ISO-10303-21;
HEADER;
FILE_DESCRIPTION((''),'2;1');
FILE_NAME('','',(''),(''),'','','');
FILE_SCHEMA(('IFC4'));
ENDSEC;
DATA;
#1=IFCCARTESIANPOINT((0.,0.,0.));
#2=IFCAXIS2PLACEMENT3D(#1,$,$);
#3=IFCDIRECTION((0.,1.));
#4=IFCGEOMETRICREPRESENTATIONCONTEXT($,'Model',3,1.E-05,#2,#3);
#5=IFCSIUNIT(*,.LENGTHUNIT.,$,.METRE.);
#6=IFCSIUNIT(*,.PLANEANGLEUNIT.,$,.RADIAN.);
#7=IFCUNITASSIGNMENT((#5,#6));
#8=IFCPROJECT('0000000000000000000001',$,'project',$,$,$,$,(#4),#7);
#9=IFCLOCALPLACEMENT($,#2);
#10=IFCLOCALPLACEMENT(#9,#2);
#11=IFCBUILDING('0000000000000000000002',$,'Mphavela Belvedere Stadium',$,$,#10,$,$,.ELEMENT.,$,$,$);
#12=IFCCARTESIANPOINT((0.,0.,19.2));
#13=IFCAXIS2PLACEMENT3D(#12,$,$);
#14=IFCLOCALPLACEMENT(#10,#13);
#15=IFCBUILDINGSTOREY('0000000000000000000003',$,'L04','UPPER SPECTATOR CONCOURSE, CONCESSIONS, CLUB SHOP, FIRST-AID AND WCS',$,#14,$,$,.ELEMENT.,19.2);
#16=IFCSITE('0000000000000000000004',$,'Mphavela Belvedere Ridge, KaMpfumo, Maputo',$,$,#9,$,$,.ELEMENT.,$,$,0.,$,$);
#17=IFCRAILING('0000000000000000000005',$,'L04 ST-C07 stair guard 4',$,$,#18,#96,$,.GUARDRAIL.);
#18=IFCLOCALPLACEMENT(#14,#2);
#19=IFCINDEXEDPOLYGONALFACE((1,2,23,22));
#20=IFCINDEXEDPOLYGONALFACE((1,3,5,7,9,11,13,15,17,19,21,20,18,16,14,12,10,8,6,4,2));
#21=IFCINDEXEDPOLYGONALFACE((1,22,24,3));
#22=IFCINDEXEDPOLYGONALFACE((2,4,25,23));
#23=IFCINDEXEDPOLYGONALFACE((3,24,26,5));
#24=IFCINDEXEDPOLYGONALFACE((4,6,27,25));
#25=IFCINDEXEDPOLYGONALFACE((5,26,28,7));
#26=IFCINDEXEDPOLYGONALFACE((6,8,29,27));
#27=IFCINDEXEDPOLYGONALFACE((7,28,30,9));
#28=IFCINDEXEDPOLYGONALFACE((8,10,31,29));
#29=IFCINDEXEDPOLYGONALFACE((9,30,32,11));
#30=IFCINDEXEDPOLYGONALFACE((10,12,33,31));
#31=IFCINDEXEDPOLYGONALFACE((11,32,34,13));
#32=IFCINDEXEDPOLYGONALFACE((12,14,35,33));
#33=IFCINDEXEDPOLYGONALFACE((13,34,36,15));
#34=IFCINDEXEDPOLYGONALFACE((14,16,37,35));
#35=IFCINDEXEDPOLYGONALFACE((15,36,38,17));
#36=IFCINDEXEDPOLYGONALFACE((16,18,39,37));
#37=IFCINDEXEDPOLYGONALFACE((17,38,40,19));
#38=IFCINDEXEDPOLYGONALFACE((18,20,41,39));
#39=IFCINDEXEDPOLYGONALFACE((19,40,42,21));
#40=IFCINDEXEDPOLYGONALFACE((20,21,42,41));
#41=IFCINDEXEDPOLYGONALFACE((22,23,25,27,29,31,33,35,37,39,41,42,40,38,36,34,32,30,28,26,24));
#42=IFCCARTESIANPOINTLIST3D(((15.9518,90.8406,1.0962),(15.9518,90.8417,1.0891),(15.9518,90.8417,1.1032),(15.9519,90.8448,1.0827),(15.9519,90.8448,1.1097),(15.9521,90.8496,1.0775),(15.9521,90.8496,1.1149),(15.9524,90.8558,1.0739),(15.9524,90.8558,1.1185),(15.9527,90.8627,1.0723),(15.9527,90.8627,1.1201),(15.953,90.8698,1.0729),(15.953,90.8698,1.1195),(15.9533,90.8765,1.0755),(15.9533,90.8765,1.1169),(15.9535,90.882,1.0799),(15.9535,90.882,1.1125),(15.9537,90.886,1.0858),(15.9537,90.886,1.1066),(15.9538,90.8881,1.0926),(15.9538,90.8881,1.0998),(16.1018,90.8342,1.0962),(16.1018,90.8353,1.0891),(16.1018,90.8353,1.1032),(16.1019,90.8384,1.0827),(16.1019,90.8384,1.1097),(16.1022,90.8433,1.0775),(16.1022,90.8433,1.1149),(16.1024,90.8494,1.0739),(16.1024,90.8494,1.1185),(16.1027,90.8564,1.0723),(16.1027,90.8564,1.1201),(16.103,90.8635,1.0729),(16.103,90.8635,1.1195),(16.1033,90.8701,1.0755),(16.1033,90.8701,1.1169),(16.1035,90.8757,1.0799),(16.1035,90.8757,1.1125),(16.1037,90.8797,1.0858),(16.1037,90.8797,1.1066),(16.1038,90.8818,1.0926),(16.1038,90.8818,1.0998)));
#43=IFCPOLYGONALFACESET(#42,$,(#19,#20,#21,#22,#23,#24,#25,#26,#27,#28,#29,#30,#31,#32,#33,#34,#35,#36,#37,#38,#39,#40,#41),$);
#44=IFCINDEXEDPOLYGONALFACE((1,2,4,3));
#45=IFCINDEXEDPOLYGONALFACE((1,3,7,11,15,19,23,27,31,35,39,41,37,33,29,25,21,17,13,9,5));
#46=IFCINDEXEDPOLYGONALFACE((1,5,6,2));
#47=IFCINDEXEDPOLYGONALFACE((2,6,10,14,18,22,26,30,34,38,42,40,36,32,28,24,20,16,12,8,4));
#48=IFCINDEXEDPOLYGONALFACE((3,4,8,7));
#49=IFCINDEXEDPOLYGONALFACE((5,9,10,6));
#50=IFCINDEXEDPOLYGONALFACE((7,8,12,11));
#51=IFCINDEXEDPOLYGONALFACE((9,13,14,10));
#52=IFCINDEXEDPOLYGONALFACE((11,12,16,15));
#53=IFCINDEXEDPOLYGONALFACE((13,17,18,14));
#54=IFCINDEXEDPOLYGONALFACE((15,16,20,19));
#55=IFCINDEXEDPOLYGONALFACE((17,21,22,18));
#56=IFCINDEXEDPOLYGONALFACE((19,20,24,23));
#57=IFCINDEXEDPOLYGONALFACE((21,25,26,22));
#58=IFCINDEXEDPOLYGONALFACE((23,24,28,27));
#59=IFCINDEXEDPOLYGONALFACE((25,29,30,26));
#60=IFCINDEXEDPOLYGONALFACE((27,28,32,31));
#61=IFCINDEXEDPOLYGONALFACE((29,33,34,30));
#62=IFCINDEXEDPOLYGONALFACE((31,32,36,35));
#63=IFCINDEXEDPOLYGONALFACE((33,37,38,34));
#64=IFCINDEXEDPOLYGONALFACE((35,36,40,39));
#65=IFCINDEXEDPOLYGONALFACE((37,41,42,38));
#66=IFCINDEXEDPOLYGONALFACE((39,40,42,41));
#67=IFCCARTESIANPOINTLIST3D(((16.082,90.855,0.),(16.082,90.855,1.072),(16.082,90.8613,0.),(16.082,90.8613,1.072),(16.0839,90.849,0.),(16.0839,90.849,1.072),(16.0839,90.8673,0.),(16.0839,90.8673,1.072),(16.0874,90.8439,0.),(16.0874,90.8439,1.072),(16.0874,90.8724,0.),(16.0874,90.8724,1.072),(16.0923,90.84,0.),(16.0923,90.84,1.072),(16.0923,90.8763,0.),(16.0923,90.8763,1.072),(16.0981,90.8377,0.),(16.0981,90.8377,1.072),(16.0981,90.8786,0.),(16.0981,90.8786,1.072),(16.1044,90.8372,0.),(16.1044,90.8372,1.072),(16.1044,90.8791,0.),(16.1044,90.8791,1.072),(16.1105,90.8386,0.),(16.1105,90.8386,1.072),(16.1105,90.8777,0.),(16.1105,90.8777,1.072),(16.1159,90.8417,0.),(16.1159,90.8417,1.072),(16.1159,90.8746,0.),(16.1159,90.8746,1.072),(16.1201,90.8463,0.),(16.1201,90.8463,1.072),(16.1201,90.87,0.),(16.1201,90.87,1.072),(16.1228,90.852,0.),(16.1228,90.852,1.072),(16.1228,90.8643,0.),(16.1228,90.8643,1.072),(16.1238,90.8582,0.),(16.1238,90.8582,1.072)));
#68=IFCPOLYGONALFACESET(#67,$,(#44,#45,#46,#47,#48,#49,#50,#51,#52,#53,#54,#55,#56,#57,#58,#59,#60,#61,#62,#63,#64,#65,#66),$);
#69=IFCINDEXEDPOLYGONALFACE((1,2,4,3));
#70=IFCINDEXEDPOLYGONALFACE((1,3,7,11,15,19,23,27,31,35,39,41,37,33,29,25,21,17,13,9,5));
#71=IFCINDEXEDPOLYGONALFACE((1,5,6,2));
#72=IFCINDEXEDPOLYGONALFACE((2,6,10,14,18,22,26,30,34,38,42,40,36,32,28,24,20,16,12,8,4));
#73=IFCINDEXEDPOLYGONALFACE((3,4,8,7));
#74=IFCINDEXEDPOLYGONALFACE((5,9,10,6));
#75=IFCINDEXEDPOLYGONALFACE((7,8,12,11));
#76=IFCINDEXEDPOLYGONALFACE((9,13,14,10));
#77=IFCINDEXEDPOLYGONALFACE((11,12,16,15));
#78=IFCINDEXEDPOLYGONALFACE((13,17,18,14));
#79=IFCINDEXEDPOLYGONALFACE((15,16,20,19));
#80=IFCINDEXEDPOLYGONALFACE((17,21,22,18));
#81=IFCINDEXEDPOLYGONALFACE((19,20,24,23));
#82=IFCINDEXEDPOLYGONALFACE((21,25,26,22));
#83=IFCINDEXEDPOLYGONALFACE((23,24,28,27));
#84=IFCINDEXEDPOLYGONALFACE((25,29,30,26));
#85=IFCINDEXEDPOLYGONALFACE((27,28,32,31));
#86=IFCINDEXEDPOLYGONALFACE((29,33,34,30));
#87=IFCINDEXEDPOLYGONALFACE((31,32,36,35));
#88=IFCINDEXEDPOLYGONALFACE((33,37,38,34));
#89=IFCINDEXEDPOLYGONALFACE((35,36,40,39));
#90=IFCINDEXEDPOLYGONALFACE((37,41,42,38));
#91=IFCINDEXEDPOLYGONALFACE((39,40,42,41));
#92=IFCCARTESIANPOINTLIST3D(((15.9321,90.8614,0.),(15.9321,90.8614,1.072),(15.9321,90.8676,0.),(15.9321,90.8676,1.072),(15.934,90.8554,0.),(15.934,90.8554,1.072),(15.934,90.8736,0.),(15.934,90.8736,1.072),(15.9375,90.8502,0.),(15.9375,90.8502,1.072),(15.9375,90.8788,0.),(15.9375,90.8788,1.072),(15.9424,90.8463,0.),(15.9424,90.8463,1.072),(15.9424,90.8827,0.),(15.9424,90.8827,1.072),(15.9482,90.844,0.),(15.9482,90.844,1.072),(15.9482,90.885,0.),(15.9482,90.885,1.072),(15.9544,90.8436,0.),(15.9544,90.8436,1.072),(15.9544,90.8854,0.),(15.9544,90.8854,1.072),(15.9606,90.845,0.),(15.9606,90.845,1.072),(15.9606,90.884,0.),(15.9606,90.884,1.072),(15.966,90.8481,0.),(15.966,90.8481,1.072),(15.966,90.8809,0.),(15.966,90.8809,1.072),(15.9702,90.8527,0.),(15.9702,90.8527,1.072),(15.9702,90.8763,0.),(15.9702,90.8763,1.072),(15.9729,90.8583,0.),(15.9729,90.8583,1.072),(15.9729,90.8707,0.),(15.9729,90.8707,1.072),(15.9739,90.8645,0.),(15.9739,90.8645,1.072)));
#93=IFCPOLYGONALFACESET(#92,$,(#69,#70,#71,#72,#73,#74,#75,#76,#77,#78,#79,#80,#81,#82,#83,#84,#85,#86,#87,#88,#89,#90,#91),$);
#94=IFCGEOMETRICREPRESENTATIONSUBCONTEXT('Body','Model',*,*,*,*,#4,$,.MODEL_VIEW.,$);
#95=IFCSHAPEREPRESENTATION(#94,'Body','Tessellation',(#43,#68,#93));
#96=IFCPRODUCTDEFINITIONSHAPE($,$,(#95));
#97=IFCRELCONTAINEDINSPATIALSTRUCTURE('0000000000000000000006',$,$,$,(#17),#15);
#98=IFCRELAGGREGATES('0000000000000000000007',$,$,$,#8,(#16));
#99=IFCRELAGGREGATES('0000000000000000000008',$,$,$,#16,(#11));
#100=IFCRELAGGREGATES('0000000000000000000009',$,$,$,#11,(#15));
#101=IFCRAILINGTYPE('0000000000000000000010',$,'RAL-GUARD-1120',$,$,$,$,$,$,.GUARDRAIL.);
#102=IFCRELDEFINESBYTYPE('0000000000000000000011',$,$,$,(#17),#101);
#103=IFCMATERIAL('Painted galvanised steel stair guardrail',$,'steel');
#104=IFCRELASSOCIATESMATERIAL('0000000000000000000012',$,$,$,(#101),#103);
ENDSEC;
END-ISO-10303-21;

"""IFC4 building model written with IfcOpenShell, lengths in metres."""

from ifc_helpers import new_model, si_unit, direction, frame, origin, origin_2d, place, context, subcontext, project, spatial, circle, extrude, material, type_object, element, save


model = new_model("IFC4")

# Units and contexts
model_context = context("Model", 3, precision=1e-05, world=origin(), true_north=direction((0.0, 1.0)))
body_context = subcontext(model_context, "Body", "Model", "MODEL_VIEW")
ifc_project = project(units=[si_unit("LENGTHUNIT", "METRE"), si_unit("PLANEANGLEUNIT", "RADIAN")], contexts=[model_context])

# Site, building, storey
site_placement = place(None, origin())
site = spatial("IfcSite", under=ifc_project, at=site_placement, Name="Mphavela Belvedere Ridge, KaMpfumo, Maputo", CompositionType="ELEMENT", RefElevation=0.0)
building_placement = place(site_placement, origin())
building = spatial("IfcBuilding", under=site, at=building_placement, Name="Mphavela Belvedere Stadium", CompositionType="ELEMENT")
storey_placement = place(building_placement, frame((0.0, 0.0, 19.2)))
storey = spatial("IfcBuildingStorey", under=building, at=storey_placement, Name="L04", Description="UPPER SPECTATOR CONCOURSE, CONCESSIONS, CLUB SHOP, FIRST-AID AND WCS", CompositionType="ELEMENT", Elevation=19.2)

# Railing
ifc_material_1 = material(Name="Painted galvanised steel stair guardrail", Category="steel")
railing_type_1 = type_object("IfcRailingType", Name="RAL-GUARD-1120", PredefinedType="GUARDRAIL", material=ifc_material_1)
railing_1_placement = place(storey_placement, frame((16.1028, 90.8582, 0.0)))
element("IfcRailing", 1, at=railing_1_placement, inside=storey, type_object=railing_type_1, Name="L04 ST-C07 stair guard 4", PredefinedType="GUARDRAIL", context=body_context, shape_type="SweptSolid", body=[
    extrude(circle(Radius=0.0239, at=origin_2d()), frame((0.0, 0.0, 1.0962), z_axis=(-0.999105, 0.042307, 0.0), x_axis=(-0.042307, -0.999105, 0.0)), (0.0, 0.0, 1.0), 0.1501),
    extrude(circle(Radius=0.021, at=origin_2d()), origin(), (0.0, 0.0, 1.0), 1.072),
    extrude(circle(Radius=0.021, at=origin_2d()), frame((-0.1499, 0.0063, 0.0)), (0.0, 0.0, 1.0), 1.072),
])

save(model, "model.ifc")
